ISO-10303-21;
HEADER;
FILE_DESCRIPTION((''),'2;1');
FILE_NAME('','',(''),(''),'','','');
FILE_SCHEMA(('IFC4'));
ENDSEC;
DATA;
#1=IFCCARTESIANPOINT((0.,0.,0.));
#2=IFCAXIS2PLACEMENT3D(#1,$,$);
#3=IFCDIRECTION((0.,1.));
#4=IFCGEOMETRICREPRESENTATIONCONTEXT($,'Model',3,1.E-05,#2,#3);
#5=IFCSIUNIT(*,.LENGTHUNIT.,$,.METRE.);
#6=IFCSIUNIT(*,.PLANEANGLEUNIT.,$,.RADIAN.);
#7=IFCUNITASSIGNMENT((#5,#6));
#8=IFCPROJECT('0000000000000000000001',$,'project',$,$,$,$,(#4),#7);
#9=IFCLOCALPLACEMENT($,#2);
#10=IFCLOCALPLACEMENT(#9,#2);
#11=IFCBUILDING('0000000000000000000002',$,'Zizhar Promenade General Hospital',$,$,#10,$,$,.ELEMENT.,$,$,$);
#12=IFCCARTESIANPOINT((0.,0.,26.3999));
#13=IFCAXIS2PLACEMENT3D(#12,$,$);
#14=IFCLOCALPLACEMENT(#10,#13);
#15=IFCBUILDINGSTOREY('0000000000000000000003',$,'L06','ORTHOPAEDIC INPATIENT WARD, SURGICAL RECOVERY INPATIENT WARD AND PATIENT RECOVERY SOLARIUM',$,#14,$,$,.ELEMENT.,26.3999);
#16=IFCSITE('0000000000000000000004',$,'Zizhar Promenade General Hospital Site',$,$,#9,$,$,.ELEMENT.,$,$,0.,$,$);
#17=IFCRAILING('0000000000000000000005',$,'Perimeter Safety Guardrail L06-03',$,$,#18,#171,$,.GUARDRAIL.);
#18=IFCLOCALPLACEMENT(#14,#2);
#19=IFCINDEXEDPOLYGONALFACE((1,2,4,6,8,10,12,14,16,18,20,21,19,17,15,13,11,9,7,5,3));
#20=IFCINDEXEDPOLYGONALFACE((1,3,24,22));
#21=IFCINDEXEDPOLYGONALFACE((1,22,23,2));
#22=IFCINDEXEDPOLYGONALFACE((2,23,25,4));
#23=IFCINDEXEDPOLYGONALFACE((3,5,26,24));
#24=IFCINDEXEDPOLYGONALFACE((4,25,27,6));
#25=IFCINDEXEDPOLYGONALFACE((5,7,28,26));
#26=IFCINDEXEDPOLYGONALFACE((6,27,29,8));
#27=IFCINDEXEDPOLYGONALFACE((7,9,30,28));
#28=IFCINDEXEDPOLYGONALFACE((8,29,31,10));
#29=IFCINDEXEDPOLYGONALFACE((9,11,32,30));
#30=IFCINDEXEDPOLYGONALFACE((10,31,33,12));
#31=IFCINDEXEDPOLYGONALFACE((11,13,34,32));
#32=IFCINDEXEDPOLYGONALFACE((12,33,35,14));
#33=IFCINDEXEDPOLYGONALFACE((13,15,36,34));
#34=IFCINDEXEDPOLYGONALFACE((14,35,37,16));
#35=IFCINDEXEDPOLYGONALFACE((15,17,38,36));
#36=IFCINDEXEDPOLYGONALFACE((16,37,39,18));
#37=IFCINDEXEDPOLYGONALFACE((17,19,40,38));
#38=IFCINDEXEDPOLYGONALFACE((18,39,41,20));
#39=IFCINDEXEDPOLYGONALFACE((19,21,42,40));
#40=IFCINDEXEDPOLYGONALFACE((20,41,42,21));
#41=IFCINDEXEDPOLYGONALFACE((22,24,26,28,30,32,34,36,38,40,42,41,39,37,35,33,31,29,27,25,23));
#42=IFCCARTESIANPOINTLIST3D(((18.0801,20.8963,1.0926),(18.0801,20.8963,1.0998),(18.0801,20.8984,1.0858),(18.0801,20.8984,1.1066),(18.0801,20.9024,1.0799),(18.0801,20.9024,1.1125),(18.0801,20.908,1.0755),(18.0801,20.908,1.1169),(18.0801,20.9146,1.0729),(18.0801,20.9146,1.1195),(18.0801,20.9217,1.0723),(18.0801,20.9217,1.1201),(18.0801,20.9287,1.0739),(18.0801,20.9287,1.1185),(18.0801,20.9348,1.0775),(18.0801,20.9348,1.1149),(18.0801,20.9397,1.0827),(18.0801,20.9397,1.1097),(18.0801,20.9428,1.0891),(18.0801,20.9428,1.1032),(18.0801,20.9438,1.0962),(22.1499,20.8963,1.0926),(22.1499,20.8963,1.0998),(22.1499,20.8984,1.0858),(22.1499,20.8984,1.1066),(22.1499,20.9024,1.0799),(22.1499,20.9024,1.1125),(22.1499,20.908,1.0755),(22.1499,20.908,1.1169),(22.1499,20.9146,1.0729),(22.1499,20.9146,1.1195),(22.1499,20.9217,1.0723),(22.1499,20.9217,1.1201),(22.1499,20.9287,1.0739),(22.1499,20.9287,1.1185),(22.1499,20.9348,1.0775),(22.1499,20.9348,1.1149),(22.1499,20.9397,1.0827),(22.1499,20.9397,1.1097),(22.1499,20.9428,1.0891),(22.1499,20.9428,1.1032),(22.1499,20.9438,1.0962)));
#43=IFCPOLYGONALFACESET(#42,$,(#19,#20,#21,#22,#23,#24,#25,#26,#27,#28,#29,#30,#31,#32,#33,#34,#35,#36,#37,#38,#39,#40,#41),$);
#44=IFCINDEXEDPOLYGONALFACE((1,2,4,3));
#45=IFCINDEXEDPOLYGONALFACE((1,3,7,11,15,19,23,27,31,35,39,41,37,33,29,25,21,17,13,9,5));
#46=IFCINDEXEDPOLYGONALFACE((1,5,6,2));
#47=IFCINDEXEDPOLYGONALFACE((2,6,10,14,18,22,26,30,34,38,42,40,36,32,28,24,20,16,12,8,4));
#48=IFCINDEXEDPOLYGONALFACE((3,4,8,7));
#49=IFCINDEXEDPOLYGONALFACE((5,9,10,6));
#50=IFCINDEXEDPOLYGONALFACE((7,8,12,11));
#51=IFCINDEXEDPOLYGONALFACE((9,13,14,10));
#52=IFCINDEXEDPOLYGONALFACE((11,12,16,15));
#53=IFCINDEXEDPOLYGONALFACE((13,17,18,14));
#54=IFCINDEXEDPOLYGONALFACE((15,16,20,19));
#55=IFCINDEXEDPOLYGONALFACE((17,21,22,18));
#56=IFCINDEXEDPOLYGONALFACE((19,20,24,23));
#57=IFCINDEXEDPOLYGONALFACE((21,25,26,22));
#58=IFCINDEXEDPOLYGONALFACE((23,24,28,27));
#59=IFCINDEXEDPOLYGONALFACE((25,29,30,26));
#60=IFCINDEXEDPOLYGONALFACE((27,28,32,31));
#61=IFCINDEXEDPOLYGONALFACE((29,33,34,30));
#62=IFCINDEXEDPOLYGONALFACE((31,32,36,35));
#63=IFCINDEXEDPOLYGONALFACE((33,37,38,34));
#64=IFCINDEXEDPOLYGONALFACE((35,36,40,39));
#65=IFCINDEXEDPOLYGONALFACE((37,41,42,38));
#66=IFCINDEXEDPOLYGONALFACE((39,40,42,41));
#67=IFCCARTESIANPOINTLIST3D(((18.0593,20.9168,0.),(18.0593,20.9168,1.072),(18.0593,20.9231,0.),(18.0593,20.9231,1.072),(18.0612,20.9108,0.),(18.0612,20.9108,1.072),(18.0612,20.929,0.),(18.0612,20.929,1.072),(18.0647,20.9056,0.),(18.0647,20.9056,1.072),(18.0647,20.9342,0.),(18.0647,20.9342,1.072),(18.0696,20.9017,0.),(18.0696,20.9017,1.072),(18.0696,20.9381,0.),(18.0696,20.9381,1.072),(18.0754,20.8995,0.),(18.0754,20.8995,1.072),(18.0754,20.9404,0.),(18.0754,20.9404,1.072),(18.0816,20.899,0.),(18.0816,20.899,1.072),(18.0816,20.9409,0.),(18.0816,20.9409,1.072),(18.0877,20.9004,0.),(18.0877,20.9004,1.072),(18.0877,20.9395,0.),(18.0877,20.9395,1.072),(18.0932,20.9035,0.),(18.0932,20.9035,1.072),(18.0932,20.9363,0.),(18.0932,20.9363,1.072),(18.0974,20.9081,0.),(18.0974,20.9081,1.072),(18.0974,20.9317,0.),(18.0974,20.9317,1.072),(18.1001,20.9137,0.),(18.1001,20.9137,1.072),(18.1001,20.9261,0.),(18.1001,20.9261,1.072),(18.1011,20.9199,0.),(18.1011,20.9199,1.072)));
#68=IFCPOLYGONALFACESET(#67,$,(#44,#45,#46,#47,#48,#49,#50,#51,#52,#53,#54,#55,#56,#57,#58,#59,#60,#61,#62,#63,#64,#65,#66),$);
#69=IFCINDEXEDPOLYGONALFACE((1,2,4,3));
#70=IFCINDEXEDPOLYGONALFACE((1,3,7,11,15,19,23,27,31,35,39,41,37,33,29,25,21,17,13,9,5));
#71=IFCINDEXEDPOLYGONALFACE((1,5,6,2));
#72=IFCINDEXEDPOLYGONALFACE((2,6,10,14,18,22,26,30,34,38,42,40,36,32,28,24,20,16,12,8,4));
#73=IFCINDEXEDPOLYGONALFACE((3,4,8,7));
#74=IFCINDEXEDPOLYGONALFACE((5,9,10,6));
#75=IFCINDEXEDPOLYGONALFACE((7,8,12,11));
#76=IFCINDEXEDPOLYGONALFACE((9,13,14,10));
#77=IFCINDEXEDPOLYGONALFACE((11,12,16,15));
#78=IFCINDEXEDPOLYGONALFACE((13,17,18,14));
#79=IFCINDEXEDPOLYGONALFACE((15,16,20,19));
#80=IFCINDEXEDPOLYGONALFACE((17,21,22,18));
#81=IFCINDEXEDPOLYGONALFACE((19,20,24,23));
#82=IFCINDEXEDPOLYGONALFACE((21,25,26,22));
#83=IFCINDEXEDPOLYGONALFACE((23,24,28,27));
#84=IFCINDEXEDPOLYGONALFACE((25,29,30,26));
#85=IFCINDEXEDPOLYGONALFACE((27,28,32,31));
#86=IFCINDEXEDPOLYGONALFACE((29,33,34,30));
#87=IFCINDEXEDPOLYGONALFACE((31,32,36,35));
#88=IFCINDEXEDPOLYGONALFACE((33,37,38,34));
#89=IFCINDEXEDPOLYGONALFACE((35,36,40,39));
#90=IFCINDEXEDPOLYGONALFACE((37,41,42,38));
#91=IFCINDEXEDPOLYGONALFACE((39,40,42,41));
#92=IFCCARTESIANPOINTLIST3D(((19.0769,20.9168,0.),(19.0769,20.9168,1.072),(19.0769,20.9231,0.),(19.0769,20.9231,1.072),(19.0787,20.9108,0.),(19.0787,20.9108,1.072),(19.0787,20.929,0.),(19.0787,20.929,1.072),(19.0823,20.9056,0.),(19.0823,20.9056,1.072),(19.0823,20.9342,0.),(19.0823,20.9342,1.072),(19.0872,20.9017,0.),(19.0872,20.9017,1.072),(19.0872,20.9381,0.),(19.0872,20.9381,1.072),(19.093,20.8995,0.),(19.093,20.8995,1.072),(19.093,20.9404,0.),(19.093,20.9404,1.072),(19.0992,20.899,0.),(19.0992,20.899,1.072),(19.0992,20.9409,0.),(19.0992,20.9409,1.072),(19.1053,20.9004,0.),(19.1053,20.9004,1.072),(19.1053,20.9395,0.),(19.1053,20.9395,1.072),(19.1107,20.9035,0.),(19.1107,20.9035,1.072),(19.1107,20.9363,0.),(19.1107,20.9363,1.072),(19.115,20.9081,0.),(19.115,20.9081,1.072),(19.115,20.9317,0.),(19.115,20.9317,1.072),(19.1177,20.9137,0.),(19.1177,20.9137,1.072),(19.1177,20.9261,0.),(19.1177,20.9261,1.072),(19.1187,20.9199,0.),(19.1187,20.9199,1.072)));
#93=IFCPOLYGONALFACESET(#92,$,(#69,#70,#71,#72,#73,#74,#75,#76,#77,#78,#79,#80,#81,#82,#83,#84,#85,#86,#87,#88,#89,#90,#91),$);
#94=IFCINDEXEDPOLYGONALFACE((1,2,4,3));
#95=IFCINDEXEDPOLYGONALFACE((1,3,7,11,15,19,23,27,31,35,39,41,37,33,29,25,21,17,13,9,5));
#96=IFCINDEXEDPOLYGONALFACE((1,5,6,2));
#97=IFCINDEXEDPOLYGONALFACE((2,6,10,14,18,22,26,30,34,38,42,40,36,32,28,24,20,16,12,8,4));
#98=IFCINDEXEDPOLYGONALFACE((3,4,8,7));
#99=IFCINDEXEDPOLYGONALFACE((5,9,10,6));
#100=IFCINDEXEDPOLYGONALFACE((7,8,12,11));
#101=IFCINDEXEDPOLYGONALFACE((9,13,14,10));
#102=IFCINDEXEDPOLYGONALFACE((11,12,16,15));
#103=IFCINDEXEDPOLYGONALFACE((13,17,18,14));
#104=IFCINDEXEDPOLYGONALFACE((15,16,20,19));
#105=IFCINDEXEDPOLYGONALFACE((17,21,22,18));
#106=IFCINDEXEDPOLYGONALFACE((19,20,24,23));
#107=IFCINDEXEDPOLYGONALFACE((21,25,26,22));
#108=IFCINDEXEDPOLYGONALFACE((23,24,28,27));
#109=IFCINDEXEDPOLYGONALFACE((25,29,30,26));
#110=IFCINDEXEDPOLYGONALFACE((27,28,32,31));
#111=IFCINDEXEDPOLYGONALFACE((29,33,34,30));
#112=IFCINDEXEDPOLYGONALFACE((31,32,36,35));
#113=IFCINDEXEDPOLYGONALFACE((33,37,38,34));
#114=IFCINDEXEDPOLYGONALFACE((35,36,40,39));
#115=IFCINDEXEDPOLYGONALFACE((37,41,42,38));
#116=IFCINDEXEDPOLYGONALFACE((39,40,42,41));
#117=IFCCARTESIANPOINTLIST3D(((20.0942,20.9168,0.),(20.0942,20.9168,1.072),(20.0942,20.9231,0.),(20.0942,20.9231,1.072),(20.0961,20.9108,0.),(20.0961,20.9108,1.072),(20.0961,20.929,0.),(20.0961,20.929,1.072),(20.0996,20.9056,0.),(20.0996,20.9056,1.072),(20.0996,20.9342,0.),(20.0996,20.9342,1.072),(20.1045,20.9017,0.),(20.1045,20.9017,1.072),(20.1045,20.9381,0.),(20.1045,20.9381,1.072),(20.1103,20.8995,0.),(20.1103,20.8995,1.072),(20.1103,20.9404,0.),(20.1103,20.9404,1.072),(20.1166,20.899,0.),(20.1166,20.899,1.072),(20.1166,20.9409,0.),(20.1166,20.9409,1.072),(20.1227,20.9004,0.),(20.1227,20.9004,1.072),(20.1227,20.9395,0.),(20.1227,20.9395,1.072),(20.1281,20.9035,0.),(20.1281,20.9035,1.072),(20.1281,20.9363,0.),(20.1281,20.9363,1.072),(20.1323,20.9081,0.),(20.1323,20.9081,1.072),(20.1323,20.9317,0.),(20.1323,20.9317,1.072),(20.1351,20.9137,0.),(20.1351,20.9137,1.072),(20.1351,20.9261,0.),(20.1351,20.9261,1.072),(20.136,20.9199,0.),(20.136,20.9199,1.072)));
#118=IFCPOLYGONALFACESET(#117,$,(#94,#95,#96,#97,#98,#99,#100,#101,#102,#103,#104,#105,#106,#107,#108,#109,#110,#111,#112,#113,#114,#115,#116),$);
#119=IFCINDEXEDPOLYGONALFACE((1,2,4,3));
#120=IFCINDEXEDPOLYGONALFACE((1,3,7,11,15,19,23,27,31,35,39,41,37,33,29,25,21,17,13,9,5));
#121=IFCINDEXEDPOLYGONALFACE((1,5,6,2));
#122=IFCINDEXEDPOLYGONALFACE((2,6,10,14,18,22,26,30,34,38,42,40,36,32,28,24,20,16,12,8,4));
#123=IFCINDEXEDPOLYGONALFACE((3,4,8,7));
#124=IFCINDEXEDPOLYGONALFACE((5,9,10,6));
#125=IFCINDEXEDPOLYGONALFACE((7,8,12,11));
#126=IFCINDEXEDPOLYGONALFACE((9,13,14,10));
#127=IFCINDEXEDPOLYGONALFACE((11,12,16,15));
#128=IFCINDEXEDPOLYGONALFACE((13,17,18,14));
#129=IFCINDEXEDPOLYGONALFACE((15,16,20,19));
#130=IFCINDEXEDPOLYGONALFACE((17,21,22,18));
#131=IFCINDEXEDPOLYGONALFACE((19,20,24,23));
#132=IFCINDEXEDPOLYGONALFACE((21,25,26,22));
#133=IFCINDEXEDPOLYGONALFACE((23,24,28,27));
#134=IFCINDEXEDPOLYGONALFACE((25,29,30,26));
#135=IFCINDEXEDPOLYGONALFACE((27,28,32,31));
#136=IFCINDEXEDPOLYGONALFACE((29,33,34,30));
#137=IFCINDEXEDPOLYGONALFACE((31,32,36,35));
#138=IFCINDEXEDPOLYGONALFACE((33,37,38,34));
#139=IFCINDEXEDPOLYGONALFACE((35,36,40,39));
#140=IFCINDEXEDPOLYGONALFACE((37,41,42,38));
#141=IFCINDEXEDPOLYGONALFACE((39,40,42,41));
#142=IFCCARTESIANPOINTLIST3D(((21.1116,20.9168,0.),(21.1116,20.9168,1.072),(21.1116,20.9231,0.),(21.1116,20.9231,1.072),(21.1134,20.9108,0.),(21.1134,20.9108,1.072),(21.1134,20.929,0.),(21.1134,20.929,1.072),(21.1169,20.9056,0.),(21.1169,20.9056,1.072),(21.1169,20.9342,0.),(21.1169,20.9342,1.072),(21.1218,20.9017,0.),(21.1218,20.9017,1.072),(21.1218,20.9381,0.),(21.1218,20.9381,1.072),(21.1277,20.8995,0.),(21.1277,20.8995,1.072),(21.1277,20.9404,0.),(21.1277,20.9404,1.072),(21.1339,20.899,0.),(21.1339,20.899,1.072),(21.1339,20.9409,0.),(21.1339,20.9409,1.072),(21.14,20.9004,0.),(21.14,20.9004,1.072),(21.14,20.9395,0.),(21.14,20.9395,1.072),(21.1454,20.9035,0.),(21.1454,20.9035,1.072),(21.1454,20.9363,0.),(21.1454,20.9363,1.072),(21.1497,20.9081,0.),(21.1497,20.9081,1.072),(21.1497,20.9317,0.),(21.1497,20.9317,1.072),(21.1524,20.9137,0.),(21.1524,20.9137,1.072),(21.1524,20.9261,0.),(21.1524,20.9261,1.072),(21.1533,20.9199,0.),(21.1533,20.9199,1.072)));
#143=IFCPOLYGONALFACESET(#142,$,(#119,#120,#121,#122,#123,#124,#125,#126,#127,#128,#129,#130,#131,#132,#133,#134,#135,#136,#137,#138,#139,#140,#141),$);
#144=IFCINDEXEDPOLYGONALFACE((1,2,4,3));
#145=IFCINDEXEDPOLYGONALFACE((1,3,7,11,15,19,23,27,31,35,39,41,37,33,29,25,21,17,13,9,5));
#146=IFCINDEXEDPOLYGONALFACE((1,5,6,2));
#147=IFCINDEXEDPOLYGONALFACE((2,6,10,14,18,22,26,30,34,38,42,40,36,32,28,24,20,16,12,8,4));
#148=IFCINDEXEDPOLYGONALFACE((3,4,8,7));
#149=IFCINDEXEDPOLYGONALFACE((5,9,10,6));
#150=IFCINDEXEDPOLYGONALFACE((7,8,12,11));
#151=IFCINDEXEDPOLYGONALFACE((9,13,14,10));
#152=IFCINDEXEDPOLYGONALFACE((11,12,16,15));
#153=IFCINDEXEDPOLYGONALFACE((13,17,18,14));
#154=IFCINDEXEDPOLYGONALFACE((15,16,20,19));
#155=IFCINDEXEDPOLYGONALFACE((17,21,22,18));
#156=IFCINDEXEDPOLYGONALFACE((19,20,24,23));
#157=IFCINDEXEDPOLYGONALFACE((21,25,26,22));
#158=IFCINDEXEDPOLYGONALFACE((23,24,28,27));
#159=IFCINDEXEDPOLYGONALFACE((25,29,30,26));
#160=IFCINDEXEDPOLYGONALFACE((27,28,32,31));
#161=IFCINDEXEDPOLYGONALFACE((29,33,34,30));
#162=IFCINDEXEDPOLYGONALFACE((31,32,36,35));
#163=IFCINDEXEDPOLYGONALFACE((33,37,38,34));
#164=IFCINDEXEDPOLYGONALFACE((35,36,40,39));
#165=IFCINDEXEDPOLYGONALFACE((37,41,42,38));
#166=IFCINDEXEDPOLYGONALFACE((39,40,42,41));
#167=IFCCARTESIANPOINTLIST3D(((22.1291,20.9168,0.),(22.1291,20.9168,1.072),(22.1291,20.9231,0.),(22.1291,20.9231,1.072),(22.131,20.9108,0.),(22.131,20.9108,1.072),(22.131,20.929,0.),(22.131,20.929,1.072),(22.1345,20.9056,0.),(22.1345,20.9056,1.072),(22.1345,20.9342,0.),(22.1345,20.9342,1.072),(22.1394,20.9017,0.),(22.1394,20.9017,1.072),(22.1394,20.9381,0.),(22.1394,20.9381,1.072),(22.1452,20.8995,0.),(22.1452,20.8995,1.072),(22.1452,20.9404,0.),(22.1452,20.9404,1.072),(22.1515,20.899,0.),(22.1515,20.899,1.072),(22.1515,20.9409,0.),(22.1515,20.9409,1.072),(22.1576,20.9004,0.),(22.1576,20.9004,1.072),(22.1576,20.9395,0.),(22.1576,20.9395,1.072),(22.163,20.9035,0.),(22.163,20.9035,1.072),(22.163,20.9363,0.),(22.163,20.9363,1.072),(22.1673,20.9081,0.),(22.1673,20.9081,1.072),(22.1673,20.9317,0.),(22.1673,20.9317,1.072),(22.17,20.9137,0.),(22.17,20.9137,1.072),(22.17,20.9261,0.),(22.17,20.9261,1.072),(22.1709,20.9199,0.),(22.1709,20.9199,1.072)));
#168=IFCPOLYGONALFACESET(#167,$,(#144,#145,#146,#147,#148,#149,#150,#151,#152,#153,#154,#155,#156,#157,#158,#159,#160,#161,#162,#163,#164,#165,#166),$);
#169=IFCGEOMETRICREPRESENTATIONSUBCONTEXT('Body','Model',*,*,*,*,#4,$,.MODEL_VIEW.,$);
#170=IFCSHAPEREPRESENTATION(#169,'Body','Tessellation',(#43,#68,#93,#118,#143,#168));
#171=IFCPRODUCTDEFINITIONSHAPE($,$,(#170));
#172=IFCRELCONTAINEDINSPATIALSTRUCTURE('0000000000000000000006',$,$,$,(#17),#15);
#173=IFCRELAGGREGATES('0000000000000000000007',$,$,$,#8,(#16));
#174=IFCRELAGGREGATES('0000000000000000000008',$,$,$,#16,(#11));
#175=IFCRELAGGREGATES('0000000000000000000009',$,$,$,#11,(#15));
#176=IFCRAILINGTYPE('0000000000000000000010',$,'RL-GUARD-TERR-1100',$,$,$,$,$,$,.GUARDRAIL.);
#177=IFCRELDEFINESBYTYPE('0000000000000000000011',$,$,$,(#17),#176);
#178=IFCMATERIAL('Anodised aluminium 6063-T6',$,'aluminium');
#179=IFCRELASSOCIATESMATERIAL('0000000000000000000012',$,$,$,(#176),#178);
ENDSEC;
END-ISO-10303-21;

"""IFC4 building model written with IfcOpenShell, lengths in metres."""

from ifc_helpers import new_model, si_unit, direction, frame, origin, origin_2d, place, context, subcontext, project, spatial, circle, hollow_circle, extrude, material, material_profile, profile_set, type_object, element, save


model = new_model("IFC4")

# Units and contexts
model_context = context("Model", 3, precision=1e-05, world=origin(), true_north=direction((0.0, 1.0)))
body_context = subcontext(model_context, "Body", "Model", "MODEL_VIEW")
ifc_project = project(units=[si_unit("LENGTHUNIT", "METRE"), si_unit("PLANEANGLEUNIT", "RADIAN")], contexts=[model_context])

# Site, building, storey
site_placement = place(None, origin())
site = spatial("IfcSite", under=ifc_project, at=site_placement, Name="Zizhar Promenade General Hospital Site", CompositionType="ELEMENT", RefElevation=0.0)
building_placement = place(site_placement, origin())
building = spatial("IfcBuilding", under=site, at=building_placement, Name="Zizhar Promenade General Hospital", CompositionType="ELEMENT")
storey_placement = place(building_placement, frame((0.0, 0.0, 26.3999)))
storey = spatial("IfcBuildingStorey", under=building, at=storey_placement, Name="L06", Description="ORTHOPAEDIC INPATIENT WARD, SURGICAL RECOVERY INPATIENT WARD AND PATIENT RECOVERY SOLARIUM", CompositionType="ELEMENT", Elevation=26.3999)

# Railing
ifc_material_1 = material(Name="Anodised aluminium 6063-T6", Category="aluminium")
ifc_material_profile_1 = material_profile(ifc_material_1, hollow_circle(Radius=0.0698, WallThickness=0.0063, at=origin_2d()))
ifc_profile_set_1 = profile_set([ifc_material_profile_1], Name="Anodised aluminium 6063-T6")
railing_type = type_object("IfcRailingType", Name="RL-GUARD-TERR-1100", PredefinedType="GUARDRAIL", material=ifc_profile_set_1)
railing_1_placement = place(storey_placement, frame((18.0801, 20.9199, 0.0)))
element("IfcRailing", 1, at=railing_1_placement, inside=storey, type_object=railing_type, Name="Perimeter Safety Guardrail L06-03", PredefinedType="GUARDRAIL", context=body_context, shape_type="SweptSolid", body=[
    extrude(circle(Radius=0.0239, at=origin_2d()), frame((0.0, 0.0, 1.0962), z_axis=(1.0, 0.0, 0.0), x_axis=(0.0, 1.0, 0.0)), (0.0, 0.0, 1.0), 4.0698),
    extrude(circle(Radius=0.021, at=origin_2d()), origin(), (0.0, 0.0, 1.0), 1.072),
    extrude(circle(Radius=0.021, at=origin_2d()), frame((1.0176, 0.0, 0.0)), (0.0, 0.0, 1.0), 1.072),
    extrude(circle(Radius=0.021, at=origin_2d()), frame((2.0349, 0.0, 0.0)), (0.0, 0.0, 1.0), 1.072),
    extrude(circle(Radius=0.021, at=origin_2d()), frame((3.0522, 0.0, 0.0)), (0.0, 0.0, 1.0), 1.072),
    extrude(circle(Radius=0.021, at=origin_2d()), frame((4.0698, 0.0, 0.0)), (0.0, 0.0, 1.0), 1.072),
])

save(model, "model.ifc")
